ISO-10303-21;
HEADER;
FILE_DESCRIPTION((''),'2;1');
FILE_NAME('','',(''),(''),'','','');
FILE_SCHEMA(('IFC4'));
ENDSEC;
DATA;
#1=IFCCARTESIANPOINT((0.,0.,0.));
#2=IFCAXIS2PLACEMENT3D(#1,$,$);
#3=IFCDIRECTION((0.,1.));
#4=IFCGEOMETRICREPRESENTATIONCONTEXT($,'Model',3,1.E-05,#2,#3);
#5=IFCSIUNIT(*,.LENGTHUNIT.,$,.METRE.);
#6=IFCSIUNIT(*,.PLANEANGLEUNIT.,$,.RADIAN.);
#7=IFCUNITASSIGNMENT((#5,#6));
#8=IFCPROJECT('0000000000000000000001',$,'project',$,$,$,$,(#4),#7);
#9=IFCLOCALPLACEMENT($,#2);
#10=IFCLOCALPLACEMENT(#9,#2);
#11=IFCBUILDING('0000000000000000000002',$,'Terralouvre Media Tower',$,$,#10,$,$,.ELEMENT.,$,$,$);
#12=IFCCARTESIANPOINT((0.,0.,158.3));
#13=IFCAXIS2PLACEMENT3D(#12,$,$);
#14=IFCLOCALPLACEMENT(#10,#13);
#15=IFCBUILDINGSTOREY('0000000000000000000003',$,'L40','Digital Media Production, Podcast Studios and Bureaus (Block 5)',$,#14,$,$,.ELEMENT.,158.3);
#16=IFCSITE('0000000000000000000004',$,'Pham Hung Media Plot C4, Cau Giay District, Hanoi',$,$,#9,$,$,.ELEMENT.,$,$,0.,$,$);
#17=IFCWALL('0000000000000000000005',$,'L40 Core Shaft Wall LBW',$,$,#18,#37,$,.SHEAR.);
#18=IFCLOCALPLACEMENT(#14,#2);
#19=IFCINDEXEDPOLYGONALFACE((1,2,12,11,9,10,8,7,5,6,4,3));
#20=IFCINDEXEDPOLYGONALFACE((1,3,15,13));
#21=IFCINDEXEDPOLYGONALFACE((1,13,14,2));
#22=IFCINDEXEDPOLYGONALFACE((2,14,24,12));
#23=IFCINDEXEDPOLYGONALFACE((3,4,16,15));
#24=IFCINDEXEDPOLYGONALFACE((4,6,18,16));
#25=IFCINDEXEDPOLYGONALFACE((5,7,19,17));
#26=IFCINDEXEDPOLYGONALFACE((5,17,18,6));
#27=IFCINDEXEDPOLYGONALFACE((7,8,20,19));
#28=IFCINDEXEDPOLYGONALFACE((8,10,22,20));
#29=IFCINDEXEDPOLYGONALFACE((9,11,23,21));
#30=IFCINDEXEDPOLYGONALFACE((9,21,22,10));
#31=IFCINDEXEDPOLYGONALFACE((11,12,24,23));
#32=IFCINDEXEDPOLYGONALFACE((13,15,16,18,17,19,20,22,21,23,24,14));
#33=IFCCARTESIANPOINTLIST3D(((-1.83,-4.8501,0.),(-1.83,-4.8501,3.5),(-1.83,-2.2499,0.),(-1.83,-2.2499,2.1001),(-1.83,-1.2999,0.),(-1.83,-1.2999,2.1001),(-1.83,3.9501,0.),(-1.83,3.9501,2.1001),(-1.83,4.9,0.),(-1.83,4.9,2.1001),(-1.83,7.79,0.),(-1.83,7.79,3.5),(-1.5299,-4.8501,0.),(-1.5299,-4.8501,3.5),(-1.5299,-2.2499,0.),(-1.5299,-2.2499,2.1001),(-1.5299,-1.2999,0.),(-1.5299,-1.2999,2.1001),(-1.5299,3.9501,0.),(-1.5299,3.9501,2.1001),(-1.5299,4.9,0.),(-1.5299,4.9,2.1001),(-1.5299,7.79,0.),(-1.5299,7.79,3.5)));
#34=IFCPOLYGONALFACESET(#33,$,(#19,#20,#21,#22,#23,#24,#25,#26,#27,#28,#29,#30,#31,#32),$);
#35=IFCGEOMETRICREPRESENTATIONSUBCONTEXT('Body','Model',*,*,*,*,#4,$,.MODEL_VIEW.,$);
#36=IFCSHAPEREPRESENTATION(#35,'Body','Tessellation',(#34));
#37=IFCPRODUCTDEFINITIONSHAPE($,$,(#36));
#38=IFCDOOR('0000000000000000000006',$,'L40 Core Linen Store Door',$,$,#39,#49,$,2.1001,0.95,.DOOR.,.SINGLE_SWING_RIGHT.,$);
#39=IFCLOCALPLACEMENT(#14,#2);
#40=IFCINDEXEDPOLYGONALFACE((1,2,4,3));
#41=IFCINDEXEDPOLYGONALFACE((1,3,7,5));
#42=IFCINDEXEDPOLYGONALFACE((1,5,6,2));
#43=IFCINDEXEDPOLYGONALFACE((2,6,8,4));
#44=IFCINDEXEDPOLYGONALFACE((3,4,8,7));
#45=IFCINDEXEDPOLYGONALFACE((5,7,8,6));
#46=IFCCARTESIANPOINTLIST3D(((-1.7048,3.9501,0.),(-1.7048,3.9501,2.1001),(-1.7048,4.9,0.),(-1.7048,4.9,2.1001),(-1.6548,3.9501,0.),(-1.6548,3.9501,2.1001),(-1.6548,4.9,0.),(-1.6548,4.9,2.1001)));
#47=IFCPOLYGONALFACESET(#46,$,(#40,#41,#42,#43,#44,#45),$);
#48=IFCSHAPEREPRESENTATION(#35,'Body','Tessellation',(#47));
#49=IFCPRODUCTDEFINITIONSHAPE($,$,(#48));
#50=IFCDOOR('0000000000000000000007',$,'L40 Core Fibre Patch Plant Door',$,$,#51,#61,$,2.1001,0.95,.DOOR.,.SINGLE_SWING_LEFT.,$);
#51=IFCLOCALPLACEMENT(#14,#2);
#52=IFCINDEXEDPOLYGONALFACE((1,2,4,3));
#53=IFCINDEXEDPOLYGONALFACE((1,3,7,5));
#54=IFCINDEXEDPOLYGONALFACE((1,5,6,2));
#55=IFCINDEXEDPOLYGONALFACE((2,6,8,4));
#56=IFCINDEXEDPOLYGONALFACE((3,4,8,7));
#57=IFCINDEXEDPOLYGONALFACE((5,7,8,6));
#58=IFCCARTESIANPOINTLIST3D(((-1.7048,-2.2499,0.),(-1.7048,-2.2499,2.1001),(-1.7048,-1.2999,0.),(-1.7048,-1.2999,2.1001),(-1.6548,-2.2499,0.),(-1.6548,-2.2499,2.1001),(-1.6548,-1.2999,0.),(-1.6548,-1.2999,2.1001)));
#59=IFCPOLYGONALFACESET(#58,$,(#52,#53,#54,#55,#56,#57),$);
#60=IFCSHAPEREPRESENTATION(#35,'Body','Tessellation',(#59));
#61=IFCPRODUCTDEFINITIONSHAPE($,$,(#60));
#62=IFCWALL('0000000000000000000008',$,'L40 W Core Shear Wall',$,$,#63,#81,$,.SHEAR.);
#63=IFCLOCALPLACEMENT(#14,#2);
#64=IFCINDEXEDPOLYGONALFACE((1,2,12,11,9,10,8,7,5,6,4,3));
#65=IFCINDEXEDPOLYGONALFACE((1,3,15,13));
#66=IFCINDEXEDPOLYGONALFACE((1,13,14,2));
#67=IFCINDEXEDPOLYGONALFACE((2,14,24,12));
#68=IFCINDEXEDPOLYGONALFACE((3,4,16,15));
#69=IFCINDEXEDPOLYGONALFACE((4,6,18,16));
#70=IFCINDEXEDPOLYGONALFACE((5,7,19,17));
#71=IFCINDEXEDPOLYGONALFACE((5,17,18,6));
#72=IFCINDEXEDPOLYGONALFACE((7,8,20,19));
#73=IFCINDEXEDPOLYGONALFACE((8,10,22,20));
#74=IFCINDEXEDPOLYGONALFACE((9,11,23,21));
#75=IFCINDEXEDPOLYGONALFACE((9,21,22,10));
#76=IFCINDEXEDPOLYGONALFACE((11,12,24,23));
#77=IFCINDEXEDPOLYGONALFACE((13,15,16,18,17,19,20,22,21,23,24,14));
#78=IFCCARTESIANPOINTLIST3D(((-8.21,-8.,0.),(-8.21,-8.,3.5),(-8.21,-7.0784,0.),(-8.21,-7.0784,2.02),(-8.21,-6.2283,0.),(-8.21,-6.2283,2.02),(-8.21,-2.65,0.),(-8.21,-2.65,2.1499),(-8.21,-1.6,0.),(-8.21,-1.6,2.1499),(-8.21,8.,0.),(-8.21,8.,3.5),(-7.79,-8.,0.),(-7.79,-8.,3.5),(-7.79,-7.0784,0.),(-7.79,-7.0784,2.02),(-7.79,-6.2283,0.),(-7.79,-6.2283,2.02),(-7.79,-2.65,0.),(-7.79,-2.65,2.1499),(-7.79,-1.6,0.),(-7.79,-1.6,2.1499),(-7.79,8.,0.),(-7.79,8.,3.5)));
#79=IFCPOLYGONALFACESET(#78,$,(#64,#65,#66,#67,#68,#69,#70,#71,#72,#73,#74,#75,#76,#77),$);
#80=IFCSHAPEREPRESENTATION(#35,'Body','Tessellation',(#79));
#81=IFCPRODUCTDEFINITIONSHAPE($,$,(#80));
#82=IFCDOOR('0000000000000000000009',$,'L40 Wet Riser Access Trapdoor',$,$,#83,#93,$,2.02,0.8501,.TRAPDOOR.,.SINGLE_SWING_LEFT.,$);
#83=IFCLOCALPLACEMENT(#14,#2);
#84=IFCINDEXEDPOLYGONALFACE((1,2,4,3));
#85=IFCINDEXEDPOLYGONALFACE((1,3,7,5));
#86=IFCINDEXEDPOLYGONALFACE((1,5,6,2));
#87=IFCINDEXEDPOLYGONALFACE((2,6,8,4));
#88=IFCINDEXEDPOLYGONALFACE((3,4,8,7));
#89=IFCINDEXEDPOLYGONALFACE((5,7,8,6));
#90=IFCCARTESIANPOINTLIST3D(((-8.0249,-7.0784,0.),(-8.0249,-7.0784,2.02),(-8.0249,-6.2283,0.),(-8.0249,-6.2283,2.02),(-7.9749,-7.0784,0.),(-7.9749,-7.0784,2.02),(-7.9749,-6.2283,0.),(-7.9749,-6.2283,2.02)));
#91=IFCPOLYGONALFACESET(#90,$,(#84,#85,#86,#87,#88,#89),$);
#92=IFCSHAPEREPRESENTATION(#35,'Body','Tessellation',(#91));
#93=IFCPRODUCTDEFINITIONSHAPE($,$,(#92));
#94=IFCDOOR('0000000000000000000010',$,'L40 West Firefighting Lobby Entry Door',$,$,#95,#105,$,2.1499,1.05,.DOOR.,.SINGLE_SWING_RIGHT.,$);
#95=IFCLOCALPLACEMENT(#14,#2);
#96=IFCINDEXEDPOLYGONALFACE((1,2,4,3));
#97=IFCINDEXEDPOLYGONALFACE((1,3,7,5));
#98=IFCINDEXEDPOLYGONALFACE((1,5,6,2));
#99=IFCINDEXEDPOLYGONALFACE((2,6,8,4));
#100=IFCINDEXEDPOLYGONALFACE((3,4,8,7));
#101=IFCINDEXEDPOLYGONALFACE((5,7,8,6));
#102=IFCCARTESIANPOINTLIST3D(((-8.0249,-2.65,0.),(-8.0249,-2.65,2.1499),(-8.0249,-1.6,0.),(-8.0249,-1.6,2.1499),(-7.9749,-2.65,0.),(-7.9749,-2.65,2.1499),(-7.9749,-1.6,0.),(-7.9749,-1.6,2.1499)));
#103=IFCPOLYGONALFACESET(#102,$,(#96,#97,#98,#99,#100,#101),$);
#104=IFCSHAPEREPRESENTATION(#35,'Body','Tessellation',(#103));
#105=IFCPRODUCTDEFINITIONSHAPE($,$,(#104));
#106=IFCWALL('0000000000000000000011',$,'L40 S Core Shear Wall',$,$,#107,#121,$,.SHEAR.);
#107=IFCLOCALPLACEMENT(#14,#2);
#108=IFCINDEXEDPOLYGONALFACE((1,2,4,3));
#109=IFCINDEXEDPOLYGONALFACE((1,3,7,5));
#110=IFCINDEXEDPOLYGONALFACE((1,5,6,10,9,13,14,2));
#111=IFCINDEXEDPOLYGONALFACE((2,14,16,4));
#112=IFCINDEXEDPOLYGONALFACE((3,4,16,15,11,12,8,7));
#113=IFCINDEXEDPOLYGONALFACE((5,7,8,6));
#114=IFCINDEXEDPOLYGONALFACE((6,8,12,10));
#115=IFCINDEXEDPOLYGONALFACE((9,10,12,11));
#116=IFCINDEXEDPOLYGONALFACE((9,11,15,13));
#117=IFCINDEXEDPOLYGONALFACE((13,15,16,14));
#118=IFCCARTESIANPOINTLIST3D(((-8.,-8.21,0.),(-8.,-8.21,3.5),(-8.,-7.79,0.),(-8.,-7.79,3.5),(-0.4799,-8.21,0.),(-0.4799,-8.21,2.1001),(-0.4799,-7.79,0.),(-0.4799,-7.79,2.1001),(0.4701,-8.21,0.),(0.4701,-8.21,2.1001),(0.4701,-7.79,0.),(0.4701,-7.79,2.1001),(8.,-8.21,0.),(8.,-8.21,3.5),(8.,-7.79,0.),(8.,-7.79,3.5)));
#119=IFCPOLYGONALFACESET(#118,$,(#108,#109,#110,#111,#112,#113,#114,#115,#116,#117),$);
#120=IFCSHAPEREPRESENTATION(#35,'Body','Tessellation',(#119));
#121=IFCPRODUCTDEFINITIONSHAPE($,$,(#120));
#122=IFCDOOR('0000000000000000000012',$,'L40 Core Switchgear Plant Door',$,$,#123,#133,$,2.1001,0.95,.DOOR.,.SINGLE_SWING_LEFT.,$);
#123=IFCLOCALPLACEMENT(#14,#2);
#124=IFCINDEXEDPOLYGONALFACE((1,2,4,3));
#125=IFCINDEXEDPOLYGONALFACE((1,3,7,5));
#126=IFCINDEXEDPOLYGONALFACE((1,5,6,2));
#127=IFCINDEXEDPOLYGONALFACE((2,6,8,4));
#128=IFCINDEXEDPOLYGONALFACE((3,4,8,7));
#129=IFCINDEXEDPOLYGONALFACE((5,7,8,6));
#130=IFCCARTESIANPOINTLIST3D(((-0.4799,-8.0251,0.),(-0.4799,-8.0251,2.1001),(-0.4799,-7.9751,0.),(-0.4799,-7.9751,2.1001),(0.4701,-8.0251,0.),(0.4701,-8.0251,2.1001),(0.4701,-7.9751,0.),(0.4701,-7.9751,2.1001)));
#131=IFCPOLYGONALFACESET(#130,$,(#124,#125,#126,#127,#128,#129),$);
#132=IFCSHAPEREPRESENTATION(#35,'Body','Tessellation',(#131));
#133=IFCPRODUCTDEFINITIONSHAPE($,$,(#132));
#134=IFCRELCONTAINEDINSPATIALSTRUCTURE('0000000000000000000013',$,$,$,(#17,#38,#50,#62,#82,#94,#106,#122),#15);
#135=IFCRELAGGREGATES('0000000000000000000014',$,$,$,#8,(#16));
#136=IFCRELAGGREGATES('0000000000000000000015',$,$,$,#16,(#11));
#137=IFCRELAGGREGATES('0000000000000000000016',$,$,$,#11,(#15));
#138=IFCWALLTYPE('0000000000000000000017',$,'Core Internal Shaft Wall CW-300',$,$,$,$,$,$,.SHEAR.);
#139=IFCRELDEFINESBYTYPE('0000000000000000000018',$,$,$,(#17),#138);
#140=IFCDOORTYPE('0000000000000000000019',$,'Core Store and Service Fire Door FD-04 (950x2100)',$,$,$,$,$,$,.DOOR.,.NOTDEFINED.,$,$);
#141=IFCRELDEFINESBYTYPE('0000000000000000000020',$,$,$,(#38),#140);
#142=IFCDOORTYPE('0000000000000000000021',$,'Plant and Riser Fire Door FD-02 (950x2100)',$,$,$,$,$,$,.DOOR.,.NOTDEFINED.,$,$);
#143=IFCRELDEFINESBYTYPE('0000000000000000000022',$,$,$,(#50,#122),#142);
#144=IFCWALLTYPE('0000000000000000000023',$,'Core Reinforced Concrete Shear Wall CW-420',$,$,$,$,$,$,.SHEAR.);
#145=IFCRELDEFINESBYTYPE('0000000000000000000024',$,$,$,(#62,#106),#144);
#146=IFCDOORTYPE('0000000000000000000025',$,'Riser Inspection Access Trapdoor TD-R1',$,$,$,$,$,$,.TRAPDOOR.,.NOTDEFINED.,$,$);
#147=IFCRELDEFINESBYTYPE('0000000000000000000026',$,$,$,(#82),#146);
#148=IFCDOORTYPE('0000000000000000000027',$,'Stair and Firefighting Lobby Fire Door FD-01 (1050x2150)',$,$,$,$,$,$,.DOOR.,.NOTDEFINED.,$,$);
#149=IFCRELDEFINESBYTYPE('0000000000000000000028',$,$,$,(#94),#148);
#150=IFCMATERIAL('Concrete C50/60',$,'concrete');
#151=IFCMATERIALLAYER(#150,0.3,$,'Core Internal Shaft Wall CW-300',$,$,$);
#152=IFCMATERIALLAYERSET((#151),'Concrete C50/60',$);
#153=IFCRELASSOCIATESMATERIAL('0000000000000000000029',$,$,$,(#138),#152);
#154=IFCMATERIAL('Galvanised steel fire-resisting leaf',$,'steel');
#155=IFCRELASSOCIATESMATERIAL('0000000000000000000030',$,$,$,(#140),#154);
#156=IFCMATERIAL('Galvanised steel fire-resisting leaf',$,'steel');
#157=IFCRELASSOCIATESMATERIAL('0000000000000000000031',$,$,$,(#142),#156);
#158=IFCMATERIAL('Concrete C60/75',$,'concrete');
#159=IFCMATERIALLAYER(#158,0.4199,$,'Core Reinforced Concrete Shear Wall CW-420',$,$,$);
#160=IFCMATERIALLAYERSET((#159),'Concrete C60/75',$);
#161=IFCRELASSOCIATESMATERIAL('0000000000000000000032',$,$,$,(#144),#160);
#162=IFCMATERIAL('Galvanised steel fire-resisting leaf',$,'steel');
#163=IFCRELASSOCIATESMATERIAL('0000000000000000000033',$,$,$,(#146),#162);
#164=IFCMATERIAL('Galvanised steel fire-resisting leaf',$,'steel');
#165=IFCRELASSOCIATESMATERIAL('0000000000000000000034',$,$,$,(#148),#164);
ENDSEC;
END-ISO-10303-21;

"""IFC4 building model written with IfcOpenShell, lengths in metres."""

from ifc_helpers import new_model, si_unit, direction, frame, frame_2d, origin, place, context, subcontext, project, spatial, rectangle, extrude, material, layer, layer_set, type_object, element, fill, save


model = new_model("IFC4")

# Units and contexts
model_context = context("Model", 3, precision=1e-05, world=origin(), true_north=direction((0.0, 1.0)))
body_context = subcontext(model_context, "Body", "Model", "MODEL_VIEW")
ifc_project = project(units=[si_unit("LENGTHUNIT", "METRE"), si_unit("PLANEANGLEUNIT", "RADIAN")], contexts=[model_context])

# Site, building, storey
site_placement = place(None, origin())
site = spatial("IfcSite", under=ifc_project, at=site_placement, Name="Pham Hung Media Plot C4, Cau Giay District, Hanoi", CompositionType="ELEMENT", RefElevation=0.0)
building_placement = place(site_placement, origin())
building = spatial("IfcBuilding", under=site, at=building_placement, Name="Terralouvre Media Tower", CompositionType="ELEMENT")
storey_placement = place(building_placement, frame((0.0, 0.0, 158.3)))
storey = spatial("IfcBuildingStorey", under=building, at=storey_placement, Name="L40", Description="Digital Media Production, Podcast Studios and Bureaus (Block 5)", CompositionType="ELEMENT", Elevation=158.3)

# Shared definitions
ifc_material_1 = material(Name="Concrete C50/60", Category="concrete")
ifc_layer_1 = layer(ifc_material_1, 0.3, Name="Core Internal Shaft Wall CW-300")
ifc_layer_set_1 = layer_set([ifc_layer_1], Name="Concrete C50/60")
wall_type_1 = type_object("IfcWallType", Name="Core Internal Shaft Wall CW-300", PredefinedType="SHEAR", material=ifc_layer_set_1)

# Walls, openings, doors
wall_1_placement = place(storey_placement, frame((-1.6799, -4.8501, 0.0), z_axis=(0.0, 0.0, 1.0), x_axis=(0.0, 1.0, 0.0)))
wall_1 = element("IfcWall", 1, at=wall_1_placement, inside=storey, type_object=wall_type_1, Name="L40 Core Shaft Wall LBW", PredefinedType="SHEAR", context=body_context, shape_type="SweptSolid", body=[
    extrude(rectangle(XDim=12.6401, YDim=0.3, at=frame_2d((6.3201, 0.0))), origin(), (0.0, 0.0, 1.0), 3.5),
])
opening_1_placement = place(wall_1_placement, frame((2.6001, 0.0, 0.0)))
opening_1 = element("IfcOpeningElement", 2, at=opening_1_placement, cuts=wall_1, PredefinedType="OPENING", context=body_context, shape_type="SweptSolid", body=[
    extrude(rectangle(XDim=0.95, YDim=2.1001, at=frame_2d((0.4751, 1.05))), frame((0.0, 0.1599, 0.0), z_axis=(0.0, -1.0, 0.0), x_axis=(1.0, 0.0, 0.0)), (0.0, 0.0, 1.0), 0.3201),
])
opening_2_placement = place(wall_1_placement, frame((8.8, 0.0, 0.0)))
opening_2 = element("IfcOpeningElement", 3, at=opening_2_placement, cuts=wall_1, PredefinedType="OPENING", context=body_context, shape_type="SweptSolid", body=[
    extrude(rectangle(XDim=0.95, YDim=2.1001, at=frame_2d((0.4751, 1.05))), frame((0.0, 0.1599, 0.0), z_axis=(0.0, -1.0, 0.0), x_axis=(1.0, 0.0, 0.0)), (0.0, 0.0, 1.0), 0.3201),
])
ifc_material_2 = material(Name="Galvanised steel fire-resisting leaf", Category="steel")
door_type_1 = type_object("IfcDoorType", Name="Core Store and Service Fire Door FD-04 (950x2100)", OperationType="NOTDEFINED", PredefinedType="DOOR", material=ifc_material_2)
door_1_placement = place(opening_2_placement, origin())
door_1 = element("IfcDoor", 4, at=door_1_placement, inside=storey, type_object=door_type_1, Name="L40 Core Linen Store Door", OperationType="SINGLE_SWING_RIGHT", OverallHeight=2.1001, OverallWidth=0.95, PredefinedType="DOOR", context=body_context, shape_type="SweptSolid", body=[
    extrude(rectangle(XDim=0.95, YDim=2.1001, at=frame_2d((0.4751, 1.05))), frame((0.0, 0.0249, 0.0), z_axis=(0.0, -1.0, 0.0), x_axis=(1.0, 0.0, 0.0)), (0.0, 0.0, 1.0), 0.05),
])
fill(opening_2, door_1)
ifc_material_3 = material(Name="Galvanised steel fire-resisting leaf", Category="steel")
door_type_2 = type_object("IfcDoorType", Name="Plant and Riser Fire Door FD-02 (950x2100)", OperationType="NOTDEFINED", PredefinedType="DOOR", material=ifc_material_3)
door_2_placement = place(opening_1_placement, origin())
door_2 = element("IfcDoor", 5, at=door_2_placement, inside=storey, type_object=door_type_2, Name="L40 Core Fibre Patch Plant Door", OperationType="SINGLE_SWING_LEFT", OverallHeight=2.1001, OverallWidth=0.95, PredefinedType="DOOR", context=body_context, shape_type="SweptSolid", body=[
    extrude(rectangle(XDim=0.95, YDim=2.1001, at=frame_2d((0.4751, 1.05))), frame((0.0, 0.0249, 0.0), z_axis=(0.0, -1.0, 0.0), x_axis=(1.0, 0.0, 0.0)), (0.0, 0.0, 1.0), 0.05),
])
fill(opening_1, door_2)
ifc_material_4 = material(Name="Concrete C60/75", Category="concrete")
ifc_layer_2 = layer(ifc_material_4, 0.4199, Name="Core Reinforced Concrete Shear Wall CW-420")
ifc_layer_set_2 = layer_set([ifc_layer_2], Name="Concrete C60/75")
wall_type_2 = type_object("IfcWallType", Name="Core Reinforced Concrete Shear Wall CW-420", PredefinedType="SHEAR", material=ifc_layer_set_2)
wall_2_placement = place(storey_placement, frame((-8.0, -8.0, 0.0), z_axis=(0.0, 0.0, 1.0), x_axis=(0.0, 1.0, 0.0)))
wall_2 = element("IfcWall", 6, at=wall_2_placement, inside=storey, type_object=wall_type_2, Name="L40 W Core Shear Wall", PredefinedType="SHEAR", context=body_context, shape_type="SweptSolid", body=[
    extrude(rectangle(XDim=16.0, YDim=0.4199, at=frame_2d((8.0, 0.0))), origin(), (0.0, 0.0, 1.0), 3.5),
])
opening_3_placement = place(wall_2_placement, frame((0.9216, 0.0, 0.0)))
opening_3 = element("IfcOpeningElement", 7, at=opening_3_placement, cuts=wall_2, PredefinedType="OPENING", context=body_context, shape_type="SweptSolid", body=[
    extrude(rectangle(XDim=0.8501, YDim=2.02, at=frame_2d((0.425, 1.01))), frame((0.0, 0.22, 0.0), z_axis=(0.0, -1.0, 0.0), x_axis=(1.0, 0.0, 0.0)), (0.0, 0.0, 1.0), 0.4399),
])
opening_4_placement = place(wall_2_placement, frame((5.3501, 0.0, 0.0)))
opening_4 = element("IfcOpeningElement", 8, at=opening_4_placement, cuts=wall_2, PredefinedType="OPENING", context=body_context, shape_type="SweptSolid", body=[
    extrude(rectangle(XDim=1.05, YDim=2.1499, at=frame_2d((0.5249, 1.075))), frame((0.0, 0.22, 0.0), z_axis=(0.0, -1.0, 0.0), x_axis=(1.0, 0.0, 0.0)), (0.0, 0.0, 1.0), 0.4399),
])
ifc_material_5 = material(Name="Galvanised steel fire-resisting leaf", Category="steel")
door_type_3 = type_object("IfcDoorType", Name="Riser Inspection Access Trapdoor TD-R1", OperationType="NOTDEFINED", PredefinedType="TRAPDOOR", material=ifc_material_5)
door_3_placement = place(opening_3_placement, origin())
door_3 = element("IfcDoor", 9, at=door_3_placement, inside=storey, type_object=door_type_3, Name="L40 Wet Riser Access Trapdoor", OperationType="SINGLE_SWING_LEFT", OverallHeight=2.02, OverallWidth=0.8501, PredefinedType="TRAPDOOR", context=body_context, shape_type="SweptSolid", body=[
    extrude(rectangle(XDim=0.8501, YDim=2.02, at=frame_2d((0.425, 1.01))), frame((0.0, 0.0249, 0.0), z_axis=(0.0, -1.0, 0.0), x_axis=(1.0, 0.0, 0.0)), (0.0, 0.0, 1.0), 0.05),
])
fill(opening_3, door_3)
ifc_material_6 = material(Name="Galvanised steel fire-resisting leaf", Category="steel")
door_type_4 = type_object("IfcDoorType", Name="Stair and Firefighting Lobby Fire Door FD-01 (1050x2150)", OperationType="NOTDEFINED", PredefinedType="DOOR", material=ifc_material_6)
door_4_placement = place(opening_4_placement, origin())
door_4 = element("IfcDoor", 10, at=door_4_placement, inside=storey, type_object=door_type_4, Name="L40 West Firefighting Lobby Entry Door", OperationType="SINGLE_SWING_RIGHT", OverallHeight=2.1499, OverallWidth=1.05, PredefinedType="DOOR", context=body_context, shape_type="SweptSolid", body=[
    extrude(rectangle(XDim=1.05, YDim=2.1499, at=frame_2d((0.5249, 1.075))), frame((0.0, 0.0249, 0.0), z_axis=(0.0, -1.0, 0.0), x_axis=(1.0, 0.0, 0.0)), (0.0, 0.0, 1.0), 0.05),
])
fill(opening_4, door_4)

# Wall, opening, door
wall_3_placement = place(storey_placement, frame((-8.0, -8.0, 0.0), z_axis=(0.0, 0.0, 1.0), x_axis=(1.0, 0.0, 0.0)))
wall_3 = element("IfcWall", 11, at=wall_3_placement, inside=storey, type_object=wall_type_2, Name="L40 S Core Shear Wall", PredefinedType="SHEAR", context=body_context, shape_type="SweptSolid", body=[
    extrude(rectangle(XDim=16.0, YDim=0.4199, at=frame_2d((8.0, 0.0))), origin(), (0.0, 0.0, 1.0), 3.5),
])
opening_5_placement = place(wall_3_placement, frame((7.52, 0.0, 0.0)))
opening_5 = element("IfcOpeningElement", 12, at=opening_5_placement, cuts=wall_3, PredefinedType="OPENING", context=body_context, shape_type="SweptSolid", body=[
    extrude(rectangle(XDim=0.95, YDim=2.1001, at=frame_2d((0.4751, 1.05))), frame((0.0, 0.22, 0.0), z_axis=(0.0, -1.0, 0.0), x_axis=(1.0, 0.0, 0.0)), (0.0, 0.0, 1.0), 0.4399),
])
door_5_placement = place(opening_5_placement, origin())
door_5 = element("IfcDoor", 13, at=door_5_placement, inside=storey, type_object=door_type_2, Name="L40 Core Switchgear Plant Door", OperationType="SINGLE_SWING_LEFT", OverallHeight=2.1001, OverallWidth=0.95, PredefinedType="DOOR", context=body_context, shape_type="SweptSolid", body=[
    extrude(rectangle(XDim=0.95, YDim=2.1001, at=frame_2d((0.4751, 1.05))), frame((0.0, 0.0249, 0.0), z_axis=(0.0, -1.0, 0.0), x_axis=(1.0, 0.0, 0.0)), (0.0, 0.0, 1.0), 0.05),
])
fill(opening_5, door_5)

save(model, "model.ifc")
